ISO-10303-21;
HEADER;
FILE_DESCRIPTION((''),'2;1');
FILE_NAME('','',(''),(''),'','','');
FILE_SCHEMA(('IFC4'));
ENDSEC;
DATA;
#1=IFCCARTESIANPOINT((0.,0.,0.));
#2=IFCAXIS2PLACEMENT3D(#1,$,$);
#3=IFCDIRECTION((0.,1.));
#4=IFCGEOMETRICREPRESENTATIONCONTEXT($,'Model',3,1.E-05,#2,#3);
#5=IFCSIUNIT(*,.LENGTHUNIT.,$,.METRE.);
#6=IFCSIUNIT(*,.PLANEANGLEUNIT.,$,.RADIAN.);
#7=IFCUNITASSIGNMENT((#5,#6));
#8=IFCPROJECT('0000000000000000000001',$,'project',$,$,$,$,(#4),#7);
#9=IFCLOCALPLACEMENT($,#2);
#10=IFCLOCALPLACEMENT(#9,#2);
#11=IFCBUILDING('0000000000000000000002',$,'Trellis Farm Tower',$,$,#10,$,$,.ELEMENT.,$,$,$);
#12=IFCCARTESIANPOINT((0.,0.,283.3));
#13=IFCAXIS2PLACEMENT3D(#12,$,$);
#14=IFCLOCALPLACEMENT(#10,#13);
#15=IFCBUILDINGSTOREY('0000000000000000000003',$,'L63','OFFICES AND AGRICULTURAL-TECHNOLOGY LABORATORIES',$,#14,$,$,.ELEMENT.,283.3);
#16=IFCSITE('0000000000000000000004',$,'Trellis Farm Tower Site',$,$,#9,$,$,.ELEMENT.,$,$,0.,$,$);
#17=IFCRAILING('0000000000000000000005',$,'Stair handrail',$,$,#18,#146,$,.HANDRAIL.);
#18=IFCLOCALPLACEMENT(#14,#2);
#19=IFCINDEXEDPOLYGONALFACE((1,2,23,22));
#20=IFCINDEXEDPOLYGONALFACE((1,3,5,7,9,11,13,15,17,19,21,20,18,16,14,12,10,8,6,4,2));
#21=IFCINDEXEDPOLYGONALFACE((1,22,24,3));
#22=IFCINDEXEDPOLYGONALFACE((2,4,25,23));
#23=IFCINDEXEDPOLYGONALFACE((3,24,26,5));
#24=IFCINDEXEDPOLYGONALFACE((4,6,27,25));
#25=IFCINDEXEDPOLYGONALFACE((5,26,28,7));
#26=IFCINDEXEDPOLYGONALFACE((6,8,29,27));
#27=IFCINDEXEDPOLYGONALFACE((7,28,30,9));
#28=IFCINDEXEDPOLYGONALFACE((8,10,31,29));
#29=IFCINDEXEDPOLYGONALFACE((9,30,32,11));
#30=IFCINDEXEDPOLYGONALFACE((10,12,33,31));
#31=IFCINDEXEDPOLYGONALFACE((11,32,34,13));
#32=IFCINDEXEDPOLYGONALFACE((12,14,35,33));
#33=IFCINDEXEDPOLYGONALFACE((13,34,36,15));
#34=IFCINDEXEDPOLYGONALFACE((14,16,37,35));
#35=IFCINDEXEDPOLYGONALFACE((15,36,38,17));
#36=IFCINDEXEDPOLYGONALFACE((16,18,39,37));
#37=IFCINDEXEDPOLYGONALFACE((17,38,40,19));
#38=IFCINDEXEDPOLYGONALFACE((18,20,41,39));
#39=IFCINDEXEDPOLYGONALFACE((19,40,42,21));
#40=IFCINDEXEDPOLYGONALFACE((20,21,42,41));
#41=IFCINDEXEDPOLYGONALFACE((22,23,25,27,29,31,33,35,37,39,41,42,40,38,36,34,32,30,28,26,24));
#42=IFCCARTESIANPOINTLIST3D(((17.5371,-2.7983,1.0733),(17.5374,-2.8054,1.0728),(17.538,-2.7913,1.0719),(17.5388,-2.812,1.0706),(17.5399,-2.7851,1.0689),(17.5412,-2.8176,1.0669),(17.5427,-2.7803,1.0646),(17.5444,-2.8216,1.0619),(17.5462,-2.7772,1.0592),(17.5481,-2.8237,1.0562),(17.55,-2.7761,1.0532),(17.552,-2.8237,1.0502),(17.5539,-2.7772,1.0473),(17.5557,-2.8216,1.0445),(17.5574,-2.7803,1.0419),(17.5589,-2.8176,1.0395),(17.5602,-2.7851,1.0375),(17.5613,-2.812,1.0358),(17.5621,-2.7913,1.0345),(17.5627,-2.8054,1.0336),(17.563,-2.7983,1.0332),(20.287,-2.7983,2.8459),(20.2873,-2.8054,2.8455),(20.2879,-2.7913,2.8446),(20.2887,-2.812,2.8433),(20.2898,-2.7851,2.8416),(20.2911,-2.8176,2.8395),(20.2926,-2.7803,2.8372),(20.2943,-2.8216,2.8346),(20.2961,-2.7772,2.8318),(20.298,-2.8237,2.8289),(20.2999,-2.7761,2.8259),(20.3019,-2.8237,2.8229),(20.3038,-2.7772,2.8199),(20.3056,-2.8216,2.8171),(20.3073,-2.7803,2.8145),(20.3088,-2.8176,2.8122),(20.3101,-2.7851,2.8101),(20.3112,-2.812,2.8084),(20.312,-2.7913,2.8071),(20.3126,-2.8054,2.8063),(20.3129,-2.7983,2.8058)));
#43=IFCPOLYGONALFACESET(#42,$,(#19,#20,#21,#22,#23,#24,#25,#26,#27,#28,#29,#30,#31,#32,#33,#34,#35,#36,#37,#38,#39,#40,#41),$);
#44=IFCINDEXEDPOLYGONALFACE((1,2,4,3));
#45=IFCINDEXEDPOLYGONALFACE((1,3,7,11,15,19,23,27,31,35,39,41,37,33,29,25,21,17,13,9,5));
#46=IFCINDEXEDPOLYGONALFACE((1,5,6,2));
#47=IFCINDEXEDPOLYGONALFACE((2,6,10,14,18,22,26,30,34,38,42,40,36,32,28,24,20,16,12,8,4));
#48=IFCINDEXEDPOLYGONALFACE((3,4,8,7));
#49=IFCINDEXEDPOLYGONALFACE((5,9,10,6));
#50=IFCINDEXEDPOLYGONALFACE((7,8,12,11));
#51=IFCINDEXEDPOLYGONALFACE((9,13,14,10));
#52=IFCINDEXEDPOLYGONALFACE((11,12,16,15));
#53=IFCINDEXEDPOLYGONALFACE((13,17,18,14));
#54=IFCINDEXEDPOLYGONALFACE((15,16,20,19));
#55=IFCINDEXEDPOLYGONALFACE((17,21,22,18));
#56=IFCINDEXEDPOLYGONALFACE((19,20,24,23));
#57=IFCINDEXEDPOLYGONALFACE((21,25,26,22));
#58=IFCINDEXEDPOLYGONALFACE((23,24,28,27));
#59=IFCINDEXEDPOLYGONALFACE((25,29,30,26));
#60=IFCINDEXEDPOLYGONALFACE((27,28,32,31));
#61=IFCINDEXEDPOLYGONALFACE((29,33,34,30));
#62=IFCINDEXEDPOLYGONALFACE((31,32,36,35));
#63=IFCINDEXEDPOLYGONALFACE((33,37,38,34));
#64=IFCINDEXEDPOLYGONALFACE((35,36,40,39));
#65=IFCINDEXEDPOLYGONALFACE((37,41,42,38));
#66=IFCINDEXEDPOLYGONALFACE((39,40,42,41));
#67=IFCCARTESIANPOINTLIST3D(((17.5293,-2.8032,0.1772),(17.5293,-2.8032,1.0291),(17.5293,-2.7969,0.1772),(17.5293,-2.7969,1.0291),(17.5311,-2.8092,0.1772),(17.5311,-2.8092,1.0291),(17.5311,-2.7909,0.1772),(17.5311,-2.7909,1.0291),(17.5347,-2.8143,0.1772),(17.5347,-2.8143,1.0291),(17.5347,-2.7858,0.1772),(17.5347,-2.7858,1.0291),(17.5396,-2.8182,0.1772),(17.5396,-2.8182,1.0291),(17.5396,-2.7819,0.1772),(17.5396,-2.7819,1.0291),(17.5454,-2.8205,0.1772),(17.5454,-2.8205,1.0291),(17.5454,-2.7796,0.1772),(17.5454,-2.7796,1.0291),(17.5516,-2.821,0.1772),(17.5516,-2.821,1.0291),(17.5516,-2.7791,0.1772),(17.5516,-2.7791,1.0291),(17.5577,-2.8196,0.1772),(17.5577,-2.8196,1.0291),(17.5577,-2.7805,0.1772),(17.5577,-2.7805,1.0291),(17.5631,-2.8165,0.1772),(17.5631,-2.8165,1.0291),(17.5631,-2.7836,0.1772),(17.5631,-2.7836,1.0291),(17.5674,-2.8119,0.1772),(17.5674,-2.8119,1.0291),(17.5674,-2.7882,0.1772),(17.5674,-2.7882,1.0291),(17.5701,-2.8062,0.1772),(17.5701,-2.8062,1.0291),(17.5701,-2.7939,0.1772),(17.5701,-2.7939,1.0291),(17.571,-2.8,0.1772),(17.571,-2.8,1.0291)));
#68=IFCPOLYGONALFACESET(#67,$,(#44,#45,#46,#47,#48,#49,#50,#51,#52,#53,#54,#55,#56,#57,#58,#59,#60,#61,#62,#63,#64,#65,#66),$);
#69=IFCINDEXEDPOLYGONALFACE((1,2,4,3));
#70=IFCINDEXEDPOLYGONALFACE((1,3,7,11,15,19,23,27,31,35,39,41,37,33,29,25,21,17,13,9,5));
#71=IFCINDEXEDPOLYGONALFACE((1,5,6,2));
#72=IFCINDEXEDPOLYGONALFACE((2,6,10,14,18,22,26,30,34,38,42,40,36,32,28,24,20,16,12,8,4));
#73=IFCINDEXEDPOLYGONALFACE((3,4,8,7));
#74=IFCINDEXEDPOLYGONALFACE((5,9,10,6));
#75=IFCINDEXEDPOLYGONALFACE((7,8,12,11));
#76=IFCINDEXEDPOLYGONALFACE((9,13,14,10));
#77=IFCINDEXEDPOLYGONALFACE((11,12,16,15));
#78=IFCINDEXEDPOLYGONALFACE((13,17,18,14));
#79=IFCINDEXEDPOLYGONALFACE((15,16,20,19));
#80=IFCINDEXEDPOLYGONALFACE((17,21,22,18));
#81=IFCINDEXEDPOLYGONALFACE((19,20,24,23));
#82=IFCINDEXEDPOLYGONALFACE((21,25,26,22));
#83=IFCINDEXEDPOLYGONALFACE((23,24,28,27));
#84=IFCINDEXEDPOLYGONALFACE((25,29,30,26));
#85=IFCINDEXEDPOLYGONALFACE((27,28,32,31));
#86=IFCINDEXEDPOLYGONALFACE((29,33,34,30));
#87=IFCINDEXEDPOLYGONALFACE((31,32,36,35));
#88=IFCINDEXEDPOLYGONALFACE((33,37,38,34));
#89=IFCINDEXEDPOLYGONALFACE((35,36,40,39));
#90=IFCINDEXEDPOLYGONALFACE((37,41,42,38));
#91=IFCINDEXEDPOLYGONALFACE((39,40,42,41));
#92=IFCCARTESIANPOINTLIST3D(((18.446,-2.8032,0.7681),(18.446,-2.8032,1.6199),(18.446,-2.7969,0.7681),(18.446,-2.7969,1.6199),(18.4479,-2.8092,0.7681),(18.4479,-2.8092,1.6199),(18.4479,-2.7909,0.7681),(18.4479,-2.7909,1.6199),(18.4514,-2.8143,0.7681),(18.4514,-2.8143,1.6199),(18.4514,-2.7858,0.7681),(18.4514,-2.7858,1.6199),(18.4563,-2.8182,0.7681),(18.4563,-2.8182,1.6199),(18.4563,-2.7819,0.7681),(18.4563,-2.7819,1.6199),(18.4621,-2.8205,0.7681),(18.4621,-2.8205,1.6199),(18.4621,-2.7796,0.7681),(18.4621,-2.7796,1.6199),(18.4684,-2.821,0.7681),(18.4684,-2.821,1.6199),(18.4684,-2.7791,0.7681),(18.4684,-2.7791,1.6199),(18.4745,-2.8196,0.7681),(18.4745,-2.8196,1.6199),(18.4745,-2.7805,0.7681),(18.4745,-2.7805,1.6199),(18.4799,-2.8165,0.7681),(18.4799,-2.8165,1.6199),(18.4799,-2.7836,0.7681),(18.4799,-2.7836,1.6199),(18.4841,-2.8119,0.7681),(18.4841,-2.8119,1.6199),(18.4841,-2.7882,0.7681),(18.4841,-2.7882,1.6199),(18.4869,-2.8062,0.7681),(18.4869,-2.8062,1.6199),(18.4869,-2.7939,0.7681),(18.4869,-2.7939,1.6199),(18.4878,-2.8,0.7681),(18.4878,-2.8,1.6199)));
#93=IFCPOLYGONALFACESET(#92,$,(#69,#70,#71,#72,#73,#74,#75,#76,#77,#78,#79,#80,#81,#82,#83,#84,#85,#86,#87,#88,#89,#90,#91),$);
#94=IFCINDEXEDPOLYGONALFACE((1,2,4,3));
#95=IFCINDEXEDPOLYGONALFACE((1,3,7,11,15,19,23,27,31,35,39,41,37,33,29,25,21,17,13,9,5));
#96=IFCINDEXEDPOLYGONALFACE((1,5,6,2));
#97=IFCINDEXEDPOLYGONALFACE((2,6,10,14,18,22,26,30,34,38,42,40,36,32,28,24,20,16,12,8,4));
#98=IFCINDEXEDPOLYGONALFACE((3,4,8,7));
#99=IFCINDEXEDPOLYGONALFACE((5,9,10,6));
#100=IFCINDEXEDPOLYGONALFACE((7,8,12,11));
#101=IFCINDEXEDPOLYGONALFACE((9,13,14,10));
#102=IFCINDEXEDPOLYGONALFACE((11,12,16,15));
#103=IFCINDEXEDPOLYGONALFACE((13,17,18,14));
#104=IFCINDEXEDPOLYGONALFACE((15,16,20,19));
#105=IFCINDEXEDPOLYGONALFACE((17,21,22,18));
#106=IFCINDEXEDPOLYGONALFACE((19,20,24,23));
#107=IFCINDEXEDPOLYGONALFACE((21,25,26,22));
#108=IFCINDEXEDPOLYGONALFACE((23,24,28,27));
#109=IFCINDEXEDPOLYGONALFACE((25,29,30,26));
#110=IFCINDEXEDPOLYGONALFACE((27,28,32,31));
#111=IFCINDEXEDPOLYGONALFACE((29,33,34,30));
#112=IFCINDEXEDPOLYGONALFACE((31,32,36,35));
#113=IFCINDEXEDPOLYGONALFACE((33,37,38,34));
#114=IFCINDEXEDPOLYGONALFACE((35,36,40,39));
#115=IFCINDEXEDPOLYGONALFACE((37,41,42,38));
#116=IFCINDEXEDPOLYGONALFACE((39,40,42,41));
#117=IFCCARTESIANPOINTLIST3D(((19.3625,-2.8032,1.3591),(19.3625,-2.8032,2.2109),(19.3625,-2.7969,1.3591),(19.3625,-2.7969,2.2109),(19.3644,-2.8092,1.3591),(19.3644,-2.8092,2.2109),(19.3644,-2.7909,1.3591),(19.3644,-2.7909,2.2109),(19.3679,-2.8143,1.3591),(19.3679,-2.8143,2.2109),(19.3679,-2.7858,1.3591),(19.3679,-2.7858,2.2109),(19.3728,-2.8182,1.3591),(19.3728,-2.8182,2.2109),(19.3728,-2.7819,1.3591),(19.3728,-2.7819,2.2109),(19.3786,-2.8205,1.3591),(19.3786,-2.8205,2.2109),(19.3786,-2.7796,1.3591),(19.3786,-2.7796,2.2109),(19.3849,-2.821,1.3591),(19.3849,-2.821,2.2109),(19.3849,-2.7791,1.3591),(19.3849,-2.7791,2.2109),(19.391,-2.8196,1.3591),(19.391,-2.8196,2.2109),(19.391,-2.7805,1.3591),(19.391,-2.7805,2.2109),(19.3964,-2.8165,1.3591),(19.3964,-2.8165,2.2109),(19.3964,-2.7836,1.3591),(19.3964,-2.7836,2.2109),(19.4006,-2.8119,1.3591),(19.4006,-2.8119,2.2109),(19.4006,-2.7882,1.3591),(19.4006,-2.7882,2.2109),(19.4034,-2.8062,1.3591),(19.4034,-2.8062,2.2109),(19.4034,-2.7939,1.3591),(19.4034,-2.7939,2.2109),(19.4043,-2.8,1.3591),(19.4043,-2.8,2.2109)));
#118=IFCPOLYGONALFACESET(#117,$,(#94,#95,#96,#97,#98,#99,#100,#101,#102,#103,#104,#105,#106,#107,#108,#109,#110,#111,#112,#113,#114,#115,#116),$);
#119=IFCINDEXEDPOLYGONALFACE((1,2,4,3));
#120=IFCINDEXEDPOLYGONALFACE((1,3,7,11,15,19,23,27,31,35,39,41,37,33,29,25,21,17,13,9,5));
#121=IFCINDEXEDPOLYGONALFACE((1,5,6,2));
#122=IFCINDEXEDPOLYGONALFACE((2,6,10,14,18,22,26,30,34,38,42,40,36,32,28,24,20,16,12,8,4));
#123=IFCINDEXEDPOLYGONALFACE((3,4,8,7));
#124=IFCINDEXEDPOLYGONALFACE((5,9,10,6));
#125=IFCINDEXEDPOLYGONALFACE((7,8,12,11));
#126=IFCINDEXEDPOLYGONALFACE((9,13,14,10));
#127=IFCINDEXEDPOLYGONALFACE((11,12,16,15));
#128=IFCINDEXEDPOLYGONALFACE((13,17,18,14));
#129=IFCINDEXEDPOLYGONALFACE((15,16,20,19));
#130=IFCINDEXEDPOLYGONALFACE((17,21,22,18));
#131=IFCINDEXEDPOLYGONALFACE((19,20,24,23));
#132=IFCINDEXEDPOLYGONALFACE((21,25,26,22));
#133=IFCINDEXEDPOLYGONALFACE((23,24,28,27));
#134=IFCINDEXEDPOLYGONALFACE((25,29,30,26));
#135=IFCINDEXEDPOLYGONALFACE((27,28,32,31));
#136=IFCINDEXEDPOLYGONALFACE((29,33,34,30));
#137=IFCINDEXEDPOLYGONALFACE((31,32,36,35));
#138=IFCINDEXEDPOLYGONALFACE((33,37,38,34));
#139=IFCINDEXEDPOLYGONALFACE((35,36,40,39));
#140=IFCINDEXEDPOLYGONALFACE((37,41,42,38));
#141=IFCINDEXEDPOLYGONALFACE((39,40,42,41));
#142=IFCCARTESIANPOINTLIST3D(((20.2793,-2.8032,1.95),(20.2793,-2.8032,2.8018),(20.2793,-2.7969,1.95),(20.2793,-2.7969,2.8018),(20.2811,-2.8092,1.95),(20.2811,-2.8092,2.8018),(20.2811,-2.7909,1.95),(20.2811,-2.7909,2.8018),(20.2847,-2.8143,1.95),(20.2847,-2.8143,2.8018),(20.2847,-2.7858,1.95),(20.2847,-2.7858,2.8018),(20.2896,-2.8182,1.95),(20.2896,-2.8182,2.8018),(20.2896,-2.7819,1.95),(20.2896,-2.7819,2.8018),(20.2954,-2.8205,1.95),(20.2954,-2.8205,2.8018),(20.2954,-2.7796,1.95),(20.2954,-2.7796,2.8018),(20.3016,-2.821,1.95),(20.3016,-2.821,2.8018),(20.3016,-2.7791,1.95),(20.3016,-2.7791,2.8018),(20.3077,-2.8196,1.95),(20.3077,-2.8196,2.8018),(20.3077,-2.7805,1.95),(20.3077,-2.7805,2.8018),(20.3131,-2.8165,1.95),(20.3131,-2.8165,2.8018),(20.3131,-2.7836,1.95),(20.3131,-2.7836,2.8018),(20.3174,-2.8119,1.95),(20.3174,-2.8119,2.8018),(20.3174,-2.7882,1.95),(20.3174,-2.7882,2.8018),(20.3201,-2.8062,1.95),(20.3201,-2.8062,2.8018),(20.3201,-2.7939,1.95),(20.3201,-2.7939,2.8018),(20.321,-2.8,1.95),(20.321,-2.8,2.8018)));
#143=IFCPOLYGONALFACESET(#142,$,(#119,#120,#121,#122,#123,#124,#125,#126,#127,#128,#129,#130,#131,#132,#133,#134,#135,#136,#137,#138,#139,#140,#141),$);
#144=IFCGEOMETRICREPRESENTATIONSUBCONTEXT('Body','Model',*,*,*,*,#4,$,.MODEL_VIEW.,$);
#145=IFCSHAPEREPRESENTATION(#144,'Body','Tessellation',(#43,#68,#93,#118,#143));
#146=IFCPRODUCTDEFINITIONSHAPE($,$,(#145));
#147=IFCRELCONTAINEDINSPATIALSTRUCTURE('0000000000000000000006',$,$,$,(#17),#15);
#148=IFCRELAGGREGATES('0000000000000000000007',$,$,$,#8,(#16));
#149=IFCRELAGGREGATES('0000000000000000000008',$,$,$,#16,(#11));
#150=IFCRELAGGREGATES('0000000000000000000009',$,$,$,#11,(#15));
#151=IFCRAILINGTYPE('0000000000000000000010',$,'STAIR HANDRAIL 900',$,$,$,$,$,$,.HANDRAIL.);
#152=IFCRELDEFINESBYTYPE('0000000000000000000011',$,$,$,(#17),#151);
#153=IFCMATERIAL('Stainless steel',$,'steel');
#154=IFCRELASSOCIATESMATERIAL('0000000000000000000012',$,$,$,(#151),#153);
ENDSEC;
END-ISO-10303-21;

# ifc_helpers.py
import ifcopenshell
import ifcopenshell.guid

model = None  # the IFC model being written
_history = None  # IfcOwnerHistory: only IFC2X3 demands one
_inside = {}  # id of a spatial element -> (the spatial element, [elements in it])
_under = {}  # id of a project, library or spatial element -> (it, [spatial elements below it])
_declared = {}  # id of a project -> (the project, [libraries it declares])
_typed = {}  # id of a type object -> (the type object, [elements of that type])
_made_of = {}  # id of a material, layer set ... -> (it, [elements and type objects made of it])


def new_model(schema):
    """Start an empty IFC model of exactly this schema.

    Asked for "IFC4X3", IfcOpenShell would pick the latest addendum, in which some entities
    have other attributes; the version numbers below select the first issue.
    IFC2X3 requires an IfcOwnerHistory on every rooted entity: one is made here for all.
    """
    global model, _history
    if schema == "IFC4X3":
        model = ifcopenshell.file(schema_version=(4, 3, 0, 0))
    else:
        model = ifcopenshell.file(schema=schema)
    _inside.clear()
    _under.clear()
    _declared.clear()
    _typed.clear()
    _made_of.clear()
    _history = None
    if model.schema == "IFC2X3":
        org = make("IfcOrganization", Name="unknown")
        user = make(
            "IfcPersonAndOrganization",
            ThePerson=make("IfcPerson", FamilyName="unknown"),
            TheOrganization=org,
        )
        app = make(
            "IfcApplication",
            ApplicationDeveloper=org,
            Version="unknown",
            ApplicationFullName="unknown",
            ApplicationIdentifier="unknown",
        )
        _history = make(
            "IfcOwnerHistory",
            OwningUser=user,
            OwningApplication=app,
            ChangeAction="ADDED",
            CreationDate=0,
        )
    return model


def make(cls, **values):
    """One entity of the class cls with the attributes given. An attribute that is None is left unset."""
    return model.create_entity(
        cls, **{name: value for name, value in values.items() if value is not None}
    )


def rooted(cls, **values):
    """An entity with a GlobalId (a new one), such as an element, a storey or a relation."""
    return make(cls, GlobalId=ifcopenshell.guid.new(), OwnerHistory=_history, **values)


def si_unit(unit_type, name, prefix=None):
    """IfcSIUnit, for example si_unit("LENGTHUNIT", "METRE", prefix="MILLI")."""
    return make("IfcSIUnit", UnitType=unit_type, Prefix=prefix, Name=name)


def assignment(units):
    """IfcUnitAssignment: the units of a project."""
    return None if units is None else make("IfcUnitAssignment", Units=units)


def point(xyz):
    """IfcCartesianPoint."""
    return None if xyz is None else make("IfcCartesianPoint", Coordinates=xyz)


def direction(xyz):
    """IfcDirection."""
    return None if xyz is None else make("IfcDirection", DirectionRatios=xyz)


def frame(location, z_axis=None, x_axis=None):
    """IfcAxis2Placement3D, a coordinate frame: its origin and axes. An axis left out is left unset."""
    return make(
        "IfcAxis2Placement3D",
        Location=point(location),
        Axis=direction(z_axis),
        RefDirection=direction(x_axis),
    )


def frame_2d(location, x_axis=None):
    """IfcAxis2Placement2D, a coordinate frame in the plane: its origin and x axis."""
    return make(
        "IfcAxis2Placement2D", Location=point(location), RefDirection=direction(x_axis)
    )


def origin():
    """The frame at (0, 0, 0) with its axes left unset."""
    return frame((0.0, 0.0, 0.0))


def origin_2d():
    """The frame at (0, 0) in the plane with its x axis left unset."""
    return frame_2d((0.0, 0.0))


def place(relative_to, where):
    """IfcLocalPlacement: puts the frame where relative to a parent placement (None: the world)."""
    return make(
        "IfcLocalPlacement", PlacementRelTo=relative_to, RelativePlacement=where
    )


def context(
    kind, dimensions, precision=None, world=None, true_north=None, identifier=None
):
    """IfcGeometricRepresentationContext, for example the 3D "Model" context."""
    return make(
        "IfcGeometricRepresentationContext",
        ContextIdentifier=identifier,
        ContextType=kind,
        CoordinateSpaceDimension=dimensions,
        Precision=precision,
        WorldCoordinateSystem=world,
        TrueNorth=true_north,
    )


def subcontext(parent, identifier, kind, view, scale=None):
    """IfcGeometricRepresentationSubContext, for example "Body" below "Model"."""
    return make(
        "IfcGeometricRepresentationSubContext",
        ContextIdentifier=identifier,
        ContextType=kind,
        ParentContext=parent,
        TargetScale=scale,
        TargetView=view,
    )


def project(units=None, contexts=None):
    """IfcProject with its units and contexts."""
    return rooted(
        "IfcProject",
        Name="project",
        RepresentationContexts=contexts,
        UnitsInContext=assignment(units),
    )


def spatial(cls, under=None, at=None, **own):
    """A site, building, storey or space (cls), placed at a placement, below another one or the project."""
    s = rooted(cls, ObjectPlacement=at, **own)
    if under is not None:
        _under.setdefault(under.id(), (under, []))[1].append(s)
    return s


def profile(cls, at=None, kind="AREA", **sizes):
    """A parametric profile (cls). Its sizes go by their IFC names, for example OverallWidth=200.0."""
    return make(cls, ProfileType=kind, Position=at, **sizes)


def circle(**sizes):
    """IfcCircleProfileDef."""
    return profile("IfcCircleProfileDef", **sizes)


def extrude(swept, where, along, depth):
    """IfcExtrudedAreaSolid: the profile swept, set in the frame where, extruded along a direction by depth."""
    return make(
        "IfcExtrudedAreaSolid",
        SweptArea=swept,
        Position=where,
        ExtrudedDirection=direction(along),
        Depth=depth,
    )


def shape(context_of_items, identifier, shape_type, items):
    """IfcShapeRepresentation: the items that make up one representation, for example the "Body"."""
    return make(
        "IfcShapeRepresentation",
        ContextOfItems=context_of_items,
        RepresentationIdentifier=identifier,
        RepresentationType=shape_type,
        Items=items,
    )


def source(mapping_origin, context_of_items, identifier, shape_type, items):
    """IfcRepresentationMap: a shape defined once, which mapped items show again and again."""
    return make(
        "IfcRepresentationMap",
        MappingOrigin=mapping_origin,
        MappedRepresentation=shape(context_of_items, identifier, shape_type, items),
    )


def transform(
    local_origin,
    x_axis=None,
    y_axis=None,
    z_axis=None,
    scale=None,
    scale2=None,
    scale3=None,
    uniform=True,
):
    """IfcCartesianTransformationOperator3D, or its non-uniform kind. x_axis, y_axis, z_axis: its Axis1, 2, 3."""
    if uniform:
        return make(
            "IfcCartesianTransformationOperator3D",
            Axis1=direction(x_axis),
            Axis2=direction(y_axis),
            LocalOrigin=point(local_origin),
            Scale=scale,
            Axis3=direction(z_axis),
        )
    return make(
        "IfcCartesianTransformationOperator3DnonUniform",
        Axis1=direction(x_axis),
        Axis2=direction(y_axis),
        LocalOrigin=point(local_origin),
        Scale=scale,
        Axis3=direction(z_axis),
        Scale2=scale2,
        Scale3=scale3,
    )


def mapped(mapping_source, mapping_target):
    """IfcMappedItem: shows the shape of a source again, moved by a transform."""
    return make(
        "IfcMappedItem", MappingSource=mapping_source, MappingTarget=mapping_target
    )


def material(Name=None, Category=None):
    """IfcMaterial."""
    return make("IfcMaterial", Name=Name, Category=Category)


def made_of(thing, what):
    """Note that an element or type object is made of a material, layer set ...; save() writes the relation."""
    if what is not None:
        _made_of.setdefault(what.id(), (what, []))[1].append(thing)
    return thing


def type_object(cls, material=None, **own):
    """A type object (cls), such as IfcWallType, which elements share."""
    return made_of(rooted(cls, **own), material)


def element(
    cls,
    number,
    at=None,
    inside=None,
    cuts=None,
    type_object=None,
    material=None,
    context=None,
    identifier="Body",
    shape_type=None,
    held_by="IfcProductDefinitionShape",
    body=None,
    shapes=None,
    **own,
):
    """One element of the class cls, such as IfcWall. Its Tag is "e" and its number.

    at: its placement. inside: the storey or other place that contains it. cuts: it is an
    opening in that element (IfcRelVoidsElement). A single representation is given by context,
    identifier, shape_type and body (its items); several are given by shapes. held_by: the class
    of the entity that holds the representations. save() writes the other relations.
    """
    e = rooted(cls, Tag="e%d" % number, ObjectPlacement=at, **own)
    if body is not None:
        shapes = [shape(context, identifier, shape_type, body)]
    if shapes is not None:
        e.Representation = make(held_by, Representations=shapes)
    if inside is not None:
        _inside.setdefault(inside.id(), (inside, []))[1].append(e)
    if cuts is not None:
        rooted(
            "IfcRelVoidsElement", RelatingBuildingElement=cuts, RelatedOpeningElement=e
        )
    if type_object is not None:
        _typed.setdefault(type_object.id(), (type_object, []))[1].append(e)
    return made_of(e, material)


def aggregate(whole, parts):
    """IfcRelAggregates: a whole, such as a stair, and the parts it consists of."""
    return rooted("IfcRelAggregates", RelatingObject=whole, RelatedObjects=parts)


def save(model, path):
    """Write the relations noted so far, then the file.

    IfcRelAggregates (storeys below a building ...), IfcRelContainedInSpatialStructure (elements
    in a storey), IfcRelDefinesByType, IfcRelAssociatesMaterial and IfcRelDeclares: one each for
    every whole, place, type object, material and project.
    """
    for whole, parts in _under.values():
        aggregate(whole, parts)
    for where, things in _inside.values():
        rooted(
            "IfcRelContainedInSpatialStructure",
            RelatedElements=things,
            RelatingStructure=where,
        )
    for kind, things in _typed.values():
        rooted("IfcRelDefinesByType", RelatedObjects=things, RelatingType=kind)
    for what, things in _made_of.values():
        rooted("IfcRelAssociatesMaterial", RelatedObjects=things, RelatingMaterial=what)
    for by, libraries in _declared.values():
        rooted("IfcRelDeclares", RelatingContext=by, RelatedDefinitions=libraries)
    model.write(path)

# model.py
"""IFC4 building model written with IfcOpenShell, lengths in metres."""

from ifc_helpers import new_model, si_unit, direction, frame, origin, origin_2d, place, context, subcontext, project, spatial, circle, extrude, source, transform, mapped, material, type_object, element, save


model = new_model("IFC4")

# Units and contexts
model_context = context("Model", 3, precision=1e-05, world=origin(), true_north=direction((0.0, 1.0)))
body_context = subcontext(model_context, "Body", "Model", "MODEL_VIEW")
ifc_project = project(units=[si_unit("LENGTHUNIT", "METRE"), si_unit("PLANEANGLEUNIT", "RADIAN")], contexts=[model_context])

# Site, building, storey
site_placement = place(None, origin())
site = spatial("IfcSite", under=ifc_project, at=site_placement, Name="Trellis Farm Tower Site", CompositionType="ELEMENT", RefElevation=0.0)
building_placement = place(site_placement, origin())
building = spatial("IfcBuilding", under=site, at=building_placement, Name="Trellis Farm Tower", CompositionType="ELEMENT")
storey_placement = place(building_placement, frame((0.0, 0.0, 283.3)))
storey = spatial("IfcBuildingStorey", under=building, at=storey_placement, Name="L63", Description="OFFICES AND AGRICULTURAL-TECHNOLOGY LABORATORIES", CompositionType="ELEMENT", Elevation=283.3)

# Railing
ifc_material_1 = material(Name="Stainless steel", Category="steel")
railing_type = type_object("IfcRailingType", Name="STAIR HANDRAIL 900", PredefinedType="HANDRAIL", material=ifc_material_1)
shared_shape_1 = source(origin(), body_context, "Body", "SweptSolid", [
    extrude(circle(Radius=0.0239, at=origin_2d()), frame((0.0, 0.0, 0.876), z_axis=(0.840504, 0.0, 0.541806), x_axis=(0.0, 1.0, 0.0)), (0.0, 0.0, 1.0), 3.2717),
    extrude(circle(Radius=0.021, at=origin_2d()), origin(), (0.0, 0.0, 1.0), 0.8518),
    extrude(circle(Radius=0.021, at=origin_2d()), frame((0.9167, 0.0, 0.5908)), (0.0, 0.0, 1.0), 0.8518),
    extrude(circle(Radius=0.021, at=origin_2d()), frame((1.8333, 0.0, 1.1819)), (0.0, 0.0, 1.0), 0.8518),
    extrude(circle(Radius=0.021, at=origin_2d()), frame((2.75, 0.0, 1.7727)), (0.0, 0.0, 1.0), 0.8518),
])
railing_placement = place(storey_placement, frame((17.55, -2.8, 0.1772)))
element("IfcRailing", 1, at=railing_placement, inside=storey, type_object=railing_type, Name="Stair handrail", PredefinedType="HANDRAIL", context=body_context, shape_type="MappedRepresentation", body=[
    mapped(shared_shape_1, transform((0.0, 0.0, 0.0))),
])

save(model, "model.ifc")
